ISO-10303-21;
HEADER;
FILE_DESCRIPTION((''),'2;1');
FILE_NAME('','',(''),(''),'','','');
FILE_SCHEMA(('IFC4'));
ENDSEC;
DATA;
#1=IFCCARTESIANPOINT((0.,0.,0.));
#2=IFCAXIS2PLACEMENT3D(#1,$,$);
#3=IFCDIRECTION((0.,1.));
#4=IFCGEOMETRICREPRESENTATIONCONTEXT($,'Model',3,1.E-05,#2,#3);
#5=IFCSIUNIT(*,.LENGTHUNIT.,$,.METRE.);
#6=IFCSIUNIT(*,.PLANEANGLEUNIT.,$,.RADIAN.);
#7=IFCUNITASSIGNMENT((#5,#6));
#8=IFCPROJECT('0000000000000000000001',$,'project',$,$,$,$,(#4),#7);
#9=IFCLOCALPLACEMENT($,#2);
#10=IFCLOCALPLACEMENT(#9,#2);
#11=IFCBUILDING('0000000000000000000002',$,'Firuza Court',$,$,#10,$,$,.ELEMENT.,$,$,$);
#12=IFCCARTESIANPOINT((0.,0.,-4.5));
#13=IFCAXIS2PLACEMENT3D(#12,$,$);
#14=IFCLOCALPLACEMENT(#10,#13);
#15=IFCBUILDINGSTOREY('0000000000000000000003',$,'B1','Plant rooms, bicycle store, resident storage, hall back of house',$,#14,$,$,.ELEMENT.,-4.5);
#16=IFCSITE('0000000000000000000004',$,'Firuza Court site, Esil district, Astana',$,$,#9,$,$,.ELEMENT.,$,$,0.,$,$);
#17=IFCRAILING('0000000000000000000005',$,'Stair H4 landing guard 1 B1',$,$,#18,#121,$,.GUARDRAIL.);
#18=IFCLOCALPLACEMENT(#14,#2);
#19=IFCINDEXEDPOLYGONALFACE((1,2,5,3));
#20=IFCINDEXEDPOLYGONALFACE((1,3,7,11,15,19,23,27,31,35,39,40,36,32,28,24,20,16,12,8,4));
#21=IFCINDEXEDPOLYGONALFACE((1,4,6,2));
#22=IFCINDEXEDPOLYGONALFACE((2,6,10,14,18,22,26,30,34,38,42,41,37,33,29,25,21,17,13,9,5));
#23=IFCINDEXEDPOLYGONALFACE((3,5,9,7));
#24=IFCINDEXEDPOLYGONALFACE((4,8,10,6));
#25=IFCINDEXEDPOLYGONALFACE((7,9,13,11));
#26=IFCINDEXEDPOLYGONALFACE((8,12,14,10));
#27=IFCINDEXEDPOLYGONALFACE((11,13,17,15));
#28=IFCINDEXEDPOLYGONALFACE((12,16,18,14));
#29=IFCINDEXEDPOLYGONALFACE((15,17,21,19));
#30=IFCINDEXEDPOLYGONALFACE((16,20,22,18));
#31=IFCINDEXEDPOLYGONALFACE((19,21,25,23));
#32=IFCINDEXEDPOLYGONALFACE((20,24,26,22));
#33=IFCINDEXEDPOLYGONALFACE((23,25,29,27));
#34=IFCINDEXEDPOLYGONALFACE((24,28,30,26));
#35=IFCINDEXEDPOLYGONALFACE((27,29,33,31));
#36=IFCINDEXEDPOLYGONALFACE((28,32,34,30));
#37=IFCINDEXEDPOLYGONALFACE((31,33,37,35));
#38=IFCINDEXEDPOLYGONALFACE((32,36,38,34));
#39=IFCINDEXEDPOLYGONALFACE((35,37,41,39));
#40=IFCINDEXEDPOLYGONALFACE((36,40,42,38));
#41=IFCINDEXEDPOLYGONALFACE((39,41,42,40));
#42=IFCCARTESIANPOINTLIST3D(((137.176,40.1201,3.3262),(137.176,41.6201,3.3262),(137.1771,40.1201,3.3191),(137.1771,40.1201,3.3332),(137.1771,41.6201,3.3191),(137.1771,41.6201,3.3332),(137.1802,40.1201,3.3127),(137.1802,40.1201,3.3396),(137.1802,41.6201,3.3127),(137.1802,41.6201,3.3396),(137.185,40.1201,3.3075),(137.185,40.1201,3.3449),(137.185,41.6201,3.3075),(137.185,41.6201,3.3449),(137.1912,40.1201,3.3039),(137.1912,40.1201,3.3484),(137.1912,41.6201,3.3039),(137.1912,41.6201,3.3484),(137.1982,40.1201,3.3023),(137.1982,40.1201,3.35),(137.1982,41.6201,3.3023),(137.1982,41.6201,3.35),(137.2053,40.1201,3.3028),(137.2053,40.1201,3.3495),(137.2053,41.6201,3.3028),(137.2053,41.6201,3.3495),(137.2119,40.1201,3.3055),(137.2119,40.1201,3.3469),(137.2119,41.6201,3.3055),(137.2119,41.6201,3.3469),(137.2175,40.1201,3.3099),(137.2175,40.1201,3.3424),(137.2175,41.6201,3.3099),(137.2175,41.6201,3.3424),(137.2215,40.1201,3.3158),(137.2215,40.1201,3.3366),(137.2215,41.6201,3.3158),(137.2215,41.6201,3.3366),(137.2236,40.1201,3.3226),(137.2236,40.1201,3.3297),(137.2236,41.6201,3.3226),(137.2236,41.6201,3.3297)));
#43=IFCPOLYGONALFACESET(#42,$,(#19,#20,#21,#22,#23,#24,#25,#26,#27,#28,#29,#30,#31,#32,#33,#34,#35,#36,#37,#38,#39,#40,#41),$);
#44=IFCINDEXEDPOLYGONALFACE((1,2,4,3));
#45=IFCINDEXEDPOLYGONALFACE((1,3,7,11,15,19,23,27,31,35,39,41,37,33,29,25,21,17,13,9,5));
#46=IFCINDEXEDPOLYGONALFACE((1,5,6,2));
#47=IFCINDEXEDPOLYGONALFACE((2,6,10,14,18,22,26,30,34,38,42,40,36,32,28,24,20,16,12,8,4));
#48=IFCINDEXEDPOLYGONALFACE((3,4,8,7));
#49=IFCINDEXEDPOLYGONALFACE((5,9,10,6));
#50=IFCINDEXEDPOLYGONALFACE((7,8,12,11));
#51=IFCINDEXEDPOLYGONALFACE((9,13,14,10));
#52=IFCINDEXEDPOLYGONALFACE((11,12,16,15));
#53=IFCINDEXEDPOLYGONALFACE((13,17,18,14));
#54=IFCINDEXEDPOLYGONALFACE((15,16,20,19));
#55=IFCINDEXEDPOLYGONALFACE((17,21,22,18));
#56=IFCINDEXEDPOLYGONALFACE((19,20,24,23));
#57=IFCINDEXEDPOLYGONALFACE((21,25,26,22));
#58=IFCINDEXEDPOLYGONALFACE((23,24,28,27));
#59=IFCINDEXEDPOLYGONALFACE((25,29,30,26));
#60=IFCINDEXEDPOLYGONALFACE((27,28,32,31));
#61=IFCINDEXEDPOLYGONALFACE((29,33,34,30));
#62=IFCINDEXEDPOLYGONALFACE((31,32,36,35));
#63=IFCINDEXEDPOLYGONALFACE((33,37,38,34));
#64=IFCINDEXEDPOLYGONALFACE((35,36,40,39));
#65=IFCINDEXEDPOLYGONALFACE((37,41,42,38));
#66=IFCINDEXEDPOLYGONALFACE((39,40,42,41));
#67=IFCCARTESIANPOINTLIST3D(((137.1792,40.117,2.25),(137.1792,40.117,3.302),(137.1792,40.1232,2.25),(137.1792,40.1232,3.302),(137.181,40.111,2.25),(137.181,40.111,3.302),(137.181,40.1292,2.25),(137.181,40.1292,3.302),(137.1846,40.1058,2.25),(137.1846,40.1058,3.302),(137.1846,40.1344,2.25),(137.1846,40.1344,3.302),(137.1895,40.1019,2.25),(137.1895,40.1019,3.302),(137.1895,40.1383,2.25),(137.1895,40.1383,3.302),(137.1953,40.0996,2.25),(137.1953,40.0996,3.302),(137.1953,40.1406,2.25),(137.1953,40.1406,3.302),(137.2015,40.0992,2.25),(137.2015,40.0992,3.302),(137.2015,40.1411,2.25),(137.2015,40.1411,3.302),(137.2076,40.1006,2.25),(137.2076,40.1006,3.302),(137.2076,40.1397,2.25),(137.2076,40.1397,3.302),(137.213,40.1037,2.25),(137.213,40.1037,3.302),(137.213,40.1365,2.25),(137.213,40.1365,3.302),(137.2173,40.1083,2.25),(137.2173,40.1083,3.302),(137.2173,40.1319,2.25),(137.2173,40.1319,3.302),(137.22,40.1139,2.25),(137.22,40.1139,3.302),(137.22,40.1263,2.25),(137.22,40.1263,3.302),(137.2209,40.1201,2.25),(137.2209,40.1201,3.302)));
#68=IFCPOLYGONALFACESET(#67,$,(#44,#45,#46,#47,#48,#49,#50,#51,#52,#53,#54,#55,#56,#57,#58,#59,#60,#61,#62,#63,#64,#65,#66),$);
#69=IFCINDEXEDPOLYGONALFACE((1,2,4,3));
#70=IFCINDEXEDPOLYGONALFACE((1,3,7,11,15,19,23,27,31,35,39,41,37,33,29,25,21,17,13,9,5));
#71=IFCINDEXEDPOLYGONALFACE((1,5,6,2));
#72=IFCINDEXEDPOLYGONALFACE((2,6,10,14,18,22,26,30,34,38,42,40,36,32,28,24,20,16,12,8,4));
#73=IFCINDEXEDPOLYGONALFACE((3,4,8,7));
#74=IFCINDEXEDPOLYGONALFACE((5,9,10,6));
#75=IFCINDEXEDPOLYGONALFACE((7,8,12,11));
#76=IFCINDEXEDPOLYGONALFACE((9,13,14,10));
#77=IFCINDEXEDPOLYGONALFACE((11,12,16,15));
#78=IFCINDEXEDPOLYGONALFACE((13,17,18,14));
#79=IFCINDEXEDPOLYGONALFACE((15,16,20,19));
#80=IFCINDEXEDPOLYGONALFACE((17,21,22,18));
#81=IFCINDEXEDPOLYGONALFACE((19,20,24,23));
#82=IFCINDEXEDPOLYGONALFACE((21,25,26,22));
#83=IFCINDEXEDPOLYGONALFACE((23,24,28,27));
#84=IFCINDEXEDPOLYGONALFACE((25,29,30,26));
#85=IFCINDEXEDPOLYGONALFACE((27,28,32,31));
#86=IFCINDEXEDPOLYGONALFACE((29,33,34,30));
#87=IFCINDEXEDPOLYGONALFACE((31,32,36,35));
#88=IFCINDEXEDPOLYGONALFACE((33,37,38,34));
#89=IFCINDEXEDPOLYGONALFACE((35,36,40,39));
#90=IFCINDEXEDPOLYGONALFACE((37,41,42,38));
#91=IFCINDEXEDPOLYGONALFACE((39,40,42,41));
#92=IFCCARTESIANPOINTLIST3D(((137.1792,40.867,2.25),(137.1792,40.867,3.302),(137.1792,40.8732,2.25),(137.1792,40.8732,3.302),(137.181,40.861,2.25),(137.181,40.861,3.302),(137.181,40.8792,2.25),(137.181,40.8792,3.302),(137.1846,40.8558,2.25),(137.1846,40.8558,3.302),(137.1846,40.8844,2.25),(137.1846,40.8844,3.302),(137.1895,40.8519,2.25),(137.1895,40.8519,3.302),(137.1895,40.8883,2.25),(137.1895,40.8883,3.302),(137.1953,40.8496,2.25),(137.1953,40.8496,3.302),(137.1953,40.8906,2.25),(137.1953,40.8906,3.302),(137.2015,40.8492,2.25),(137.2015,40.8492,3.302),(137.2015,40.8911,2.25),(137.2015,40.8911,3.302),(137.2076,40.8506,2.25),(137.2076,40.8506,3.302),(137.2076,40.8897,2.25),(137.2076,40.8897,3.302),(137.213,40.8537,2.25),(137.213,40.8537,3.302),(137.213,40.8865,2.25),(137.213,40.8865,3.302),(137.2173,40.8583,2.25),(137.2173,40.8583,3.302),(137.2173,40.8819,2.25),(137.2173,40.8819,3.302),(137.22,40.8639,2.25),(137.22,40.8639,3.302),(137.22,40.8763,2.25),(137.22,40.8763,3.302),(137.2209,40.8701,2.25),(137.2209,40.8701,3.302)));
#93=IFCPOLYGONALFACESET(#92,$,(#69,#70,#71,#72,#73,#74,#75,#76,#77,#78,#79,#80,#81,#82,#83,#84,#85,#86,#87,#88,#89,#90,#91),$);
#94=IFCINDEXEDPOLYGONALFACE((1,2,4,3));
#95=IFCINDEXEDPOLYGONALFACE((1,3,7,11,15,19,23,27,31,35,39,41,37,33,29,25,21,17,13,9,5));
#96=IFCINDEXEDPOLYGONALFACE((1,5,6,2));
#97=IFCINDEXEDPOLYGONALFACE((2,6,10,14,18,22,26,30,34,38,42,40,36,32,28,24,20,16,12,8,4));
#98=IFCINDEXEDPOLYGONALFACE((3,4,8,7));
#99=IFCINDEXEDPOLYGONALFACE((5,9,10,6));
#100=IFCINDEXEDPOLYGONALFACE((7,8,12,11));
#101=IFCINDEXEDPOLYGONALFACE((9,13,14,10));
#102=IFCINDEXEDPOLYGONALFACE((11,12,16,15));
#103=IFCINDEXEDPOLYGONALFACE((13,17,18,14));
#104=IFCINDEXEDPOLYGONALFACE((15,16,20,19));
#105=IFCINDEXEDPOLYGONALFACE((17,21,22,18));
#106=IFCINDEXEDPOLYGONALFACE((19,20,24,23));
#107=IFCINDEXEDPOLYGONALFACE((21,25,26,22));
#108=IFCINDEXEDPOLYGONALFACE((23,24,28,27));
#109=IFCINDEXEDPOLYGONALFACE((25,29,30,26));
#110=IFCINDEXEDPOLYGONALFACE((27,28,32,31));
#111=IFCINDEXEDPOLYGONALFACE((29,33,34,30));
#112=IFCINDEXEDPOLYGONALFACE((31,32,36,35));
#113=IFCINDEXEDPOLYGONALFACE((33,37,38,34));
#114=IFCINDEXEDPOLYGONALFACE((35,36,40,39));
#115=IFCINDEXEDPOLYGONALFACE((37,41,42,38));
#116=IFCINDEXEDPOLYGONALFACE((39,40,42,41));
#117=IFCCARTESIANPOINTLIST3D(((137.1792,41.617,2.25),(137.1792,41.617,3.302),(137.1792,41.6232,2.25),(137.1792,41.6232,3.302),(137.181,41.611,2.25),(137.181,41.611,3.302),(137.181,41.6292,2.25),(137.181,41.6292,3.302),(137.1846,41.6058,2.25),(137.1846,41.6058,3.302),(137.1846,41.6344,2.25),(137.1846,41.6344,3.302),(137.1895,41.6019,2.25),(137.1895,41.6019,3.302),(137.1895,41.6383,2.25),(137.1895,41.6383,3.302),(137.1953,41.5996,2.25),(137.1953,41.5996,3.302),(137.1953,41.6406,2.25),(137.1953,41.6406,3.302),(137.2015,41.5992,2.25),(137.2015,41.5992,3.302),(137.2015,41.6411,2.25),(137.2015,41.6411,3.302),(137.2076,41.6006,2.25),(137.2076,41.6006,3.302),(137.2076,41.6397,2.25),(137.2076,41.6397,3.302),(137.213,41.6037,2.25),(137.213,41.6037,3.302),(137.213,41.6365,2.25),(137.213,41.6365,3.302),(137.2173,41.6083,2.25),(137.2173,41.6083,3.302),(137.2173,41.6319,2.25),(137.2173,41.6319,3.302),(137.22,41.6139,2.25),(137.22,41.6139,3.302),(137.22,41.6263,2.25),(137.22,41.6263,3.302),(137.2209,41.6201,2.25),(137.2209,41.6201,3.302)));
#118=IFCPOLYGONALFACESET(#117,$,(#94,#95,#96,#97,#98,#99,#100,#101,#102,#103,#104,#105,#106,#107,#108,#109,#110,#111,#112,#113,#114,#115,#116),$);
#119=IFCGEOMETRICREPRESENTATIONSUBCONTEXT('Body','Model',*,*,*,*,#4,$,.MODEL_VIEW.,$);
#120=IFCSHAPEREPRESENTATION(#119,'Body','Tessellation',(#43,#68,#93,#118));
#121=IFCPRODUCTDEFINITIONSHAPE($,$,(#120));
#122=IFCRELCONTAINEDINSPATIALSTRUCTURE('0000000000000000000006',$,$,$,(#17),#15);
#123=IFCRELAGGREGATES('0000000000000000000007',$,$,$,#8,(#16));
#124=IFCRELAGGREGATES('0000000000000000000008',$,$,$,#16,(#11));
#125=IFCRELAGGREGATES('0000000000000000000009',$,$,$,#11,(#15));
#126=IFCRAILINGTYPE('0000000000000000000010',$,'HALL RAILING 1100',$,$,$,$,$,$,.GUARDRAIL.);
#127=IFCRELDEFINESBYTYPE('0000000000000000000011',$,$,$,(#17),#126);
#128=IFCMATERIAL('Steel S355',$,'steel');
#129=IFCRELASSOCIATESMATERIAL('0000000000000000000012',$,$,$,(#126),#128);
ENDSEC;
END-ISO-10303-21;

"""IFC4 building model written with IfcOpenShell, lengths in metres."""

from ifc_helpers import new_model, si_unit, direction, frame, origin, origin_2d, place, context, subcontext, project, spatial, circle, extrude, material, type_object, element, save


model = new_model("IFC4")

# Units and contexts
model_context = context("Model", 3, precision=1e-05, world=origin(), true_north=direction((0.0, 1.0)))
body_context = subcontext(model_context, "Body", "Model", "MODEL_VIEW")
ifc_project = project(units=[si_unit("LENGTHUNIT", "METRE"), si_unit("PLANEANGLEUNIT", "RADIAN")], contexts=[model_context])

# Site, building, storey
site_placement = place(None, origin())
site = spatial("IfcSite", under=ifc_project, at=site_placement, Name="Firuza Court site, Esil district, Astana", CompositionType="ELEMENT", RefElevation=0.0)
building_placement = place(site_placement, origin())
building = spatial("IfcBuilding", under=site, at=building_placement, Name="Firuza Court", CompositionType="ELEMENT")
storey_placement = place(building_placement, frame((0.0, 0.0, -4.5)))
storey = spatial("IfcBuildingStorey", under=building, at=storey_placement, Name="B1", Description="Plant rooms, bicycle store, resident storage, hall back of house", CompositionType="ELEMENT", Elevation=-4.5)

# Railing
ifc_material_1 = material(Name="Steel S355", Category="steel")
railing_type_1 = type_object("IfcRailingType", Name="HALL RAILING 1100", PredefinedType="GUARDRAIL", material=ifc_material_1)
railing_1_placement = place(storey_placement, frame((137.2, 40.1201, 2.25)))
element("IfcRailing", 1, at=railing_1_placement, inside=storey, type_object=railing_type_1, Name="Stair H4 landing guard 1 B1", PredefinedType="GUARDRAIL", context=body_context, shape_type="SweptSolid", body=[
    extrude(circle(Radius=0.0239, at=origin_2d()), frame((0.0, 0.0, 1.0762), z_axis=(0.0, 1.0, 0.0), x_axis=(-1.0, 0.0, 0.0)), (0.0, 0.0, 1.0), 1.5),
    extrude(circle(Radius=0.021, at=origin_2d()), origin(), (0.0, 0.0, 1.0), 1.052),
    extrude(circle(Radius=0.021, at=origin_2d()), frame((0.0, 0.75, 0.0)), (0.0, 0.0, 1.0), 1.052),
    extrude(circle(Radius=0.021, at=origin_2d()), frame((0.0, 1.5, 0.0)), (0.0, 0.0, 1.0), 1.052),
])

save(model, "model.ifc")
